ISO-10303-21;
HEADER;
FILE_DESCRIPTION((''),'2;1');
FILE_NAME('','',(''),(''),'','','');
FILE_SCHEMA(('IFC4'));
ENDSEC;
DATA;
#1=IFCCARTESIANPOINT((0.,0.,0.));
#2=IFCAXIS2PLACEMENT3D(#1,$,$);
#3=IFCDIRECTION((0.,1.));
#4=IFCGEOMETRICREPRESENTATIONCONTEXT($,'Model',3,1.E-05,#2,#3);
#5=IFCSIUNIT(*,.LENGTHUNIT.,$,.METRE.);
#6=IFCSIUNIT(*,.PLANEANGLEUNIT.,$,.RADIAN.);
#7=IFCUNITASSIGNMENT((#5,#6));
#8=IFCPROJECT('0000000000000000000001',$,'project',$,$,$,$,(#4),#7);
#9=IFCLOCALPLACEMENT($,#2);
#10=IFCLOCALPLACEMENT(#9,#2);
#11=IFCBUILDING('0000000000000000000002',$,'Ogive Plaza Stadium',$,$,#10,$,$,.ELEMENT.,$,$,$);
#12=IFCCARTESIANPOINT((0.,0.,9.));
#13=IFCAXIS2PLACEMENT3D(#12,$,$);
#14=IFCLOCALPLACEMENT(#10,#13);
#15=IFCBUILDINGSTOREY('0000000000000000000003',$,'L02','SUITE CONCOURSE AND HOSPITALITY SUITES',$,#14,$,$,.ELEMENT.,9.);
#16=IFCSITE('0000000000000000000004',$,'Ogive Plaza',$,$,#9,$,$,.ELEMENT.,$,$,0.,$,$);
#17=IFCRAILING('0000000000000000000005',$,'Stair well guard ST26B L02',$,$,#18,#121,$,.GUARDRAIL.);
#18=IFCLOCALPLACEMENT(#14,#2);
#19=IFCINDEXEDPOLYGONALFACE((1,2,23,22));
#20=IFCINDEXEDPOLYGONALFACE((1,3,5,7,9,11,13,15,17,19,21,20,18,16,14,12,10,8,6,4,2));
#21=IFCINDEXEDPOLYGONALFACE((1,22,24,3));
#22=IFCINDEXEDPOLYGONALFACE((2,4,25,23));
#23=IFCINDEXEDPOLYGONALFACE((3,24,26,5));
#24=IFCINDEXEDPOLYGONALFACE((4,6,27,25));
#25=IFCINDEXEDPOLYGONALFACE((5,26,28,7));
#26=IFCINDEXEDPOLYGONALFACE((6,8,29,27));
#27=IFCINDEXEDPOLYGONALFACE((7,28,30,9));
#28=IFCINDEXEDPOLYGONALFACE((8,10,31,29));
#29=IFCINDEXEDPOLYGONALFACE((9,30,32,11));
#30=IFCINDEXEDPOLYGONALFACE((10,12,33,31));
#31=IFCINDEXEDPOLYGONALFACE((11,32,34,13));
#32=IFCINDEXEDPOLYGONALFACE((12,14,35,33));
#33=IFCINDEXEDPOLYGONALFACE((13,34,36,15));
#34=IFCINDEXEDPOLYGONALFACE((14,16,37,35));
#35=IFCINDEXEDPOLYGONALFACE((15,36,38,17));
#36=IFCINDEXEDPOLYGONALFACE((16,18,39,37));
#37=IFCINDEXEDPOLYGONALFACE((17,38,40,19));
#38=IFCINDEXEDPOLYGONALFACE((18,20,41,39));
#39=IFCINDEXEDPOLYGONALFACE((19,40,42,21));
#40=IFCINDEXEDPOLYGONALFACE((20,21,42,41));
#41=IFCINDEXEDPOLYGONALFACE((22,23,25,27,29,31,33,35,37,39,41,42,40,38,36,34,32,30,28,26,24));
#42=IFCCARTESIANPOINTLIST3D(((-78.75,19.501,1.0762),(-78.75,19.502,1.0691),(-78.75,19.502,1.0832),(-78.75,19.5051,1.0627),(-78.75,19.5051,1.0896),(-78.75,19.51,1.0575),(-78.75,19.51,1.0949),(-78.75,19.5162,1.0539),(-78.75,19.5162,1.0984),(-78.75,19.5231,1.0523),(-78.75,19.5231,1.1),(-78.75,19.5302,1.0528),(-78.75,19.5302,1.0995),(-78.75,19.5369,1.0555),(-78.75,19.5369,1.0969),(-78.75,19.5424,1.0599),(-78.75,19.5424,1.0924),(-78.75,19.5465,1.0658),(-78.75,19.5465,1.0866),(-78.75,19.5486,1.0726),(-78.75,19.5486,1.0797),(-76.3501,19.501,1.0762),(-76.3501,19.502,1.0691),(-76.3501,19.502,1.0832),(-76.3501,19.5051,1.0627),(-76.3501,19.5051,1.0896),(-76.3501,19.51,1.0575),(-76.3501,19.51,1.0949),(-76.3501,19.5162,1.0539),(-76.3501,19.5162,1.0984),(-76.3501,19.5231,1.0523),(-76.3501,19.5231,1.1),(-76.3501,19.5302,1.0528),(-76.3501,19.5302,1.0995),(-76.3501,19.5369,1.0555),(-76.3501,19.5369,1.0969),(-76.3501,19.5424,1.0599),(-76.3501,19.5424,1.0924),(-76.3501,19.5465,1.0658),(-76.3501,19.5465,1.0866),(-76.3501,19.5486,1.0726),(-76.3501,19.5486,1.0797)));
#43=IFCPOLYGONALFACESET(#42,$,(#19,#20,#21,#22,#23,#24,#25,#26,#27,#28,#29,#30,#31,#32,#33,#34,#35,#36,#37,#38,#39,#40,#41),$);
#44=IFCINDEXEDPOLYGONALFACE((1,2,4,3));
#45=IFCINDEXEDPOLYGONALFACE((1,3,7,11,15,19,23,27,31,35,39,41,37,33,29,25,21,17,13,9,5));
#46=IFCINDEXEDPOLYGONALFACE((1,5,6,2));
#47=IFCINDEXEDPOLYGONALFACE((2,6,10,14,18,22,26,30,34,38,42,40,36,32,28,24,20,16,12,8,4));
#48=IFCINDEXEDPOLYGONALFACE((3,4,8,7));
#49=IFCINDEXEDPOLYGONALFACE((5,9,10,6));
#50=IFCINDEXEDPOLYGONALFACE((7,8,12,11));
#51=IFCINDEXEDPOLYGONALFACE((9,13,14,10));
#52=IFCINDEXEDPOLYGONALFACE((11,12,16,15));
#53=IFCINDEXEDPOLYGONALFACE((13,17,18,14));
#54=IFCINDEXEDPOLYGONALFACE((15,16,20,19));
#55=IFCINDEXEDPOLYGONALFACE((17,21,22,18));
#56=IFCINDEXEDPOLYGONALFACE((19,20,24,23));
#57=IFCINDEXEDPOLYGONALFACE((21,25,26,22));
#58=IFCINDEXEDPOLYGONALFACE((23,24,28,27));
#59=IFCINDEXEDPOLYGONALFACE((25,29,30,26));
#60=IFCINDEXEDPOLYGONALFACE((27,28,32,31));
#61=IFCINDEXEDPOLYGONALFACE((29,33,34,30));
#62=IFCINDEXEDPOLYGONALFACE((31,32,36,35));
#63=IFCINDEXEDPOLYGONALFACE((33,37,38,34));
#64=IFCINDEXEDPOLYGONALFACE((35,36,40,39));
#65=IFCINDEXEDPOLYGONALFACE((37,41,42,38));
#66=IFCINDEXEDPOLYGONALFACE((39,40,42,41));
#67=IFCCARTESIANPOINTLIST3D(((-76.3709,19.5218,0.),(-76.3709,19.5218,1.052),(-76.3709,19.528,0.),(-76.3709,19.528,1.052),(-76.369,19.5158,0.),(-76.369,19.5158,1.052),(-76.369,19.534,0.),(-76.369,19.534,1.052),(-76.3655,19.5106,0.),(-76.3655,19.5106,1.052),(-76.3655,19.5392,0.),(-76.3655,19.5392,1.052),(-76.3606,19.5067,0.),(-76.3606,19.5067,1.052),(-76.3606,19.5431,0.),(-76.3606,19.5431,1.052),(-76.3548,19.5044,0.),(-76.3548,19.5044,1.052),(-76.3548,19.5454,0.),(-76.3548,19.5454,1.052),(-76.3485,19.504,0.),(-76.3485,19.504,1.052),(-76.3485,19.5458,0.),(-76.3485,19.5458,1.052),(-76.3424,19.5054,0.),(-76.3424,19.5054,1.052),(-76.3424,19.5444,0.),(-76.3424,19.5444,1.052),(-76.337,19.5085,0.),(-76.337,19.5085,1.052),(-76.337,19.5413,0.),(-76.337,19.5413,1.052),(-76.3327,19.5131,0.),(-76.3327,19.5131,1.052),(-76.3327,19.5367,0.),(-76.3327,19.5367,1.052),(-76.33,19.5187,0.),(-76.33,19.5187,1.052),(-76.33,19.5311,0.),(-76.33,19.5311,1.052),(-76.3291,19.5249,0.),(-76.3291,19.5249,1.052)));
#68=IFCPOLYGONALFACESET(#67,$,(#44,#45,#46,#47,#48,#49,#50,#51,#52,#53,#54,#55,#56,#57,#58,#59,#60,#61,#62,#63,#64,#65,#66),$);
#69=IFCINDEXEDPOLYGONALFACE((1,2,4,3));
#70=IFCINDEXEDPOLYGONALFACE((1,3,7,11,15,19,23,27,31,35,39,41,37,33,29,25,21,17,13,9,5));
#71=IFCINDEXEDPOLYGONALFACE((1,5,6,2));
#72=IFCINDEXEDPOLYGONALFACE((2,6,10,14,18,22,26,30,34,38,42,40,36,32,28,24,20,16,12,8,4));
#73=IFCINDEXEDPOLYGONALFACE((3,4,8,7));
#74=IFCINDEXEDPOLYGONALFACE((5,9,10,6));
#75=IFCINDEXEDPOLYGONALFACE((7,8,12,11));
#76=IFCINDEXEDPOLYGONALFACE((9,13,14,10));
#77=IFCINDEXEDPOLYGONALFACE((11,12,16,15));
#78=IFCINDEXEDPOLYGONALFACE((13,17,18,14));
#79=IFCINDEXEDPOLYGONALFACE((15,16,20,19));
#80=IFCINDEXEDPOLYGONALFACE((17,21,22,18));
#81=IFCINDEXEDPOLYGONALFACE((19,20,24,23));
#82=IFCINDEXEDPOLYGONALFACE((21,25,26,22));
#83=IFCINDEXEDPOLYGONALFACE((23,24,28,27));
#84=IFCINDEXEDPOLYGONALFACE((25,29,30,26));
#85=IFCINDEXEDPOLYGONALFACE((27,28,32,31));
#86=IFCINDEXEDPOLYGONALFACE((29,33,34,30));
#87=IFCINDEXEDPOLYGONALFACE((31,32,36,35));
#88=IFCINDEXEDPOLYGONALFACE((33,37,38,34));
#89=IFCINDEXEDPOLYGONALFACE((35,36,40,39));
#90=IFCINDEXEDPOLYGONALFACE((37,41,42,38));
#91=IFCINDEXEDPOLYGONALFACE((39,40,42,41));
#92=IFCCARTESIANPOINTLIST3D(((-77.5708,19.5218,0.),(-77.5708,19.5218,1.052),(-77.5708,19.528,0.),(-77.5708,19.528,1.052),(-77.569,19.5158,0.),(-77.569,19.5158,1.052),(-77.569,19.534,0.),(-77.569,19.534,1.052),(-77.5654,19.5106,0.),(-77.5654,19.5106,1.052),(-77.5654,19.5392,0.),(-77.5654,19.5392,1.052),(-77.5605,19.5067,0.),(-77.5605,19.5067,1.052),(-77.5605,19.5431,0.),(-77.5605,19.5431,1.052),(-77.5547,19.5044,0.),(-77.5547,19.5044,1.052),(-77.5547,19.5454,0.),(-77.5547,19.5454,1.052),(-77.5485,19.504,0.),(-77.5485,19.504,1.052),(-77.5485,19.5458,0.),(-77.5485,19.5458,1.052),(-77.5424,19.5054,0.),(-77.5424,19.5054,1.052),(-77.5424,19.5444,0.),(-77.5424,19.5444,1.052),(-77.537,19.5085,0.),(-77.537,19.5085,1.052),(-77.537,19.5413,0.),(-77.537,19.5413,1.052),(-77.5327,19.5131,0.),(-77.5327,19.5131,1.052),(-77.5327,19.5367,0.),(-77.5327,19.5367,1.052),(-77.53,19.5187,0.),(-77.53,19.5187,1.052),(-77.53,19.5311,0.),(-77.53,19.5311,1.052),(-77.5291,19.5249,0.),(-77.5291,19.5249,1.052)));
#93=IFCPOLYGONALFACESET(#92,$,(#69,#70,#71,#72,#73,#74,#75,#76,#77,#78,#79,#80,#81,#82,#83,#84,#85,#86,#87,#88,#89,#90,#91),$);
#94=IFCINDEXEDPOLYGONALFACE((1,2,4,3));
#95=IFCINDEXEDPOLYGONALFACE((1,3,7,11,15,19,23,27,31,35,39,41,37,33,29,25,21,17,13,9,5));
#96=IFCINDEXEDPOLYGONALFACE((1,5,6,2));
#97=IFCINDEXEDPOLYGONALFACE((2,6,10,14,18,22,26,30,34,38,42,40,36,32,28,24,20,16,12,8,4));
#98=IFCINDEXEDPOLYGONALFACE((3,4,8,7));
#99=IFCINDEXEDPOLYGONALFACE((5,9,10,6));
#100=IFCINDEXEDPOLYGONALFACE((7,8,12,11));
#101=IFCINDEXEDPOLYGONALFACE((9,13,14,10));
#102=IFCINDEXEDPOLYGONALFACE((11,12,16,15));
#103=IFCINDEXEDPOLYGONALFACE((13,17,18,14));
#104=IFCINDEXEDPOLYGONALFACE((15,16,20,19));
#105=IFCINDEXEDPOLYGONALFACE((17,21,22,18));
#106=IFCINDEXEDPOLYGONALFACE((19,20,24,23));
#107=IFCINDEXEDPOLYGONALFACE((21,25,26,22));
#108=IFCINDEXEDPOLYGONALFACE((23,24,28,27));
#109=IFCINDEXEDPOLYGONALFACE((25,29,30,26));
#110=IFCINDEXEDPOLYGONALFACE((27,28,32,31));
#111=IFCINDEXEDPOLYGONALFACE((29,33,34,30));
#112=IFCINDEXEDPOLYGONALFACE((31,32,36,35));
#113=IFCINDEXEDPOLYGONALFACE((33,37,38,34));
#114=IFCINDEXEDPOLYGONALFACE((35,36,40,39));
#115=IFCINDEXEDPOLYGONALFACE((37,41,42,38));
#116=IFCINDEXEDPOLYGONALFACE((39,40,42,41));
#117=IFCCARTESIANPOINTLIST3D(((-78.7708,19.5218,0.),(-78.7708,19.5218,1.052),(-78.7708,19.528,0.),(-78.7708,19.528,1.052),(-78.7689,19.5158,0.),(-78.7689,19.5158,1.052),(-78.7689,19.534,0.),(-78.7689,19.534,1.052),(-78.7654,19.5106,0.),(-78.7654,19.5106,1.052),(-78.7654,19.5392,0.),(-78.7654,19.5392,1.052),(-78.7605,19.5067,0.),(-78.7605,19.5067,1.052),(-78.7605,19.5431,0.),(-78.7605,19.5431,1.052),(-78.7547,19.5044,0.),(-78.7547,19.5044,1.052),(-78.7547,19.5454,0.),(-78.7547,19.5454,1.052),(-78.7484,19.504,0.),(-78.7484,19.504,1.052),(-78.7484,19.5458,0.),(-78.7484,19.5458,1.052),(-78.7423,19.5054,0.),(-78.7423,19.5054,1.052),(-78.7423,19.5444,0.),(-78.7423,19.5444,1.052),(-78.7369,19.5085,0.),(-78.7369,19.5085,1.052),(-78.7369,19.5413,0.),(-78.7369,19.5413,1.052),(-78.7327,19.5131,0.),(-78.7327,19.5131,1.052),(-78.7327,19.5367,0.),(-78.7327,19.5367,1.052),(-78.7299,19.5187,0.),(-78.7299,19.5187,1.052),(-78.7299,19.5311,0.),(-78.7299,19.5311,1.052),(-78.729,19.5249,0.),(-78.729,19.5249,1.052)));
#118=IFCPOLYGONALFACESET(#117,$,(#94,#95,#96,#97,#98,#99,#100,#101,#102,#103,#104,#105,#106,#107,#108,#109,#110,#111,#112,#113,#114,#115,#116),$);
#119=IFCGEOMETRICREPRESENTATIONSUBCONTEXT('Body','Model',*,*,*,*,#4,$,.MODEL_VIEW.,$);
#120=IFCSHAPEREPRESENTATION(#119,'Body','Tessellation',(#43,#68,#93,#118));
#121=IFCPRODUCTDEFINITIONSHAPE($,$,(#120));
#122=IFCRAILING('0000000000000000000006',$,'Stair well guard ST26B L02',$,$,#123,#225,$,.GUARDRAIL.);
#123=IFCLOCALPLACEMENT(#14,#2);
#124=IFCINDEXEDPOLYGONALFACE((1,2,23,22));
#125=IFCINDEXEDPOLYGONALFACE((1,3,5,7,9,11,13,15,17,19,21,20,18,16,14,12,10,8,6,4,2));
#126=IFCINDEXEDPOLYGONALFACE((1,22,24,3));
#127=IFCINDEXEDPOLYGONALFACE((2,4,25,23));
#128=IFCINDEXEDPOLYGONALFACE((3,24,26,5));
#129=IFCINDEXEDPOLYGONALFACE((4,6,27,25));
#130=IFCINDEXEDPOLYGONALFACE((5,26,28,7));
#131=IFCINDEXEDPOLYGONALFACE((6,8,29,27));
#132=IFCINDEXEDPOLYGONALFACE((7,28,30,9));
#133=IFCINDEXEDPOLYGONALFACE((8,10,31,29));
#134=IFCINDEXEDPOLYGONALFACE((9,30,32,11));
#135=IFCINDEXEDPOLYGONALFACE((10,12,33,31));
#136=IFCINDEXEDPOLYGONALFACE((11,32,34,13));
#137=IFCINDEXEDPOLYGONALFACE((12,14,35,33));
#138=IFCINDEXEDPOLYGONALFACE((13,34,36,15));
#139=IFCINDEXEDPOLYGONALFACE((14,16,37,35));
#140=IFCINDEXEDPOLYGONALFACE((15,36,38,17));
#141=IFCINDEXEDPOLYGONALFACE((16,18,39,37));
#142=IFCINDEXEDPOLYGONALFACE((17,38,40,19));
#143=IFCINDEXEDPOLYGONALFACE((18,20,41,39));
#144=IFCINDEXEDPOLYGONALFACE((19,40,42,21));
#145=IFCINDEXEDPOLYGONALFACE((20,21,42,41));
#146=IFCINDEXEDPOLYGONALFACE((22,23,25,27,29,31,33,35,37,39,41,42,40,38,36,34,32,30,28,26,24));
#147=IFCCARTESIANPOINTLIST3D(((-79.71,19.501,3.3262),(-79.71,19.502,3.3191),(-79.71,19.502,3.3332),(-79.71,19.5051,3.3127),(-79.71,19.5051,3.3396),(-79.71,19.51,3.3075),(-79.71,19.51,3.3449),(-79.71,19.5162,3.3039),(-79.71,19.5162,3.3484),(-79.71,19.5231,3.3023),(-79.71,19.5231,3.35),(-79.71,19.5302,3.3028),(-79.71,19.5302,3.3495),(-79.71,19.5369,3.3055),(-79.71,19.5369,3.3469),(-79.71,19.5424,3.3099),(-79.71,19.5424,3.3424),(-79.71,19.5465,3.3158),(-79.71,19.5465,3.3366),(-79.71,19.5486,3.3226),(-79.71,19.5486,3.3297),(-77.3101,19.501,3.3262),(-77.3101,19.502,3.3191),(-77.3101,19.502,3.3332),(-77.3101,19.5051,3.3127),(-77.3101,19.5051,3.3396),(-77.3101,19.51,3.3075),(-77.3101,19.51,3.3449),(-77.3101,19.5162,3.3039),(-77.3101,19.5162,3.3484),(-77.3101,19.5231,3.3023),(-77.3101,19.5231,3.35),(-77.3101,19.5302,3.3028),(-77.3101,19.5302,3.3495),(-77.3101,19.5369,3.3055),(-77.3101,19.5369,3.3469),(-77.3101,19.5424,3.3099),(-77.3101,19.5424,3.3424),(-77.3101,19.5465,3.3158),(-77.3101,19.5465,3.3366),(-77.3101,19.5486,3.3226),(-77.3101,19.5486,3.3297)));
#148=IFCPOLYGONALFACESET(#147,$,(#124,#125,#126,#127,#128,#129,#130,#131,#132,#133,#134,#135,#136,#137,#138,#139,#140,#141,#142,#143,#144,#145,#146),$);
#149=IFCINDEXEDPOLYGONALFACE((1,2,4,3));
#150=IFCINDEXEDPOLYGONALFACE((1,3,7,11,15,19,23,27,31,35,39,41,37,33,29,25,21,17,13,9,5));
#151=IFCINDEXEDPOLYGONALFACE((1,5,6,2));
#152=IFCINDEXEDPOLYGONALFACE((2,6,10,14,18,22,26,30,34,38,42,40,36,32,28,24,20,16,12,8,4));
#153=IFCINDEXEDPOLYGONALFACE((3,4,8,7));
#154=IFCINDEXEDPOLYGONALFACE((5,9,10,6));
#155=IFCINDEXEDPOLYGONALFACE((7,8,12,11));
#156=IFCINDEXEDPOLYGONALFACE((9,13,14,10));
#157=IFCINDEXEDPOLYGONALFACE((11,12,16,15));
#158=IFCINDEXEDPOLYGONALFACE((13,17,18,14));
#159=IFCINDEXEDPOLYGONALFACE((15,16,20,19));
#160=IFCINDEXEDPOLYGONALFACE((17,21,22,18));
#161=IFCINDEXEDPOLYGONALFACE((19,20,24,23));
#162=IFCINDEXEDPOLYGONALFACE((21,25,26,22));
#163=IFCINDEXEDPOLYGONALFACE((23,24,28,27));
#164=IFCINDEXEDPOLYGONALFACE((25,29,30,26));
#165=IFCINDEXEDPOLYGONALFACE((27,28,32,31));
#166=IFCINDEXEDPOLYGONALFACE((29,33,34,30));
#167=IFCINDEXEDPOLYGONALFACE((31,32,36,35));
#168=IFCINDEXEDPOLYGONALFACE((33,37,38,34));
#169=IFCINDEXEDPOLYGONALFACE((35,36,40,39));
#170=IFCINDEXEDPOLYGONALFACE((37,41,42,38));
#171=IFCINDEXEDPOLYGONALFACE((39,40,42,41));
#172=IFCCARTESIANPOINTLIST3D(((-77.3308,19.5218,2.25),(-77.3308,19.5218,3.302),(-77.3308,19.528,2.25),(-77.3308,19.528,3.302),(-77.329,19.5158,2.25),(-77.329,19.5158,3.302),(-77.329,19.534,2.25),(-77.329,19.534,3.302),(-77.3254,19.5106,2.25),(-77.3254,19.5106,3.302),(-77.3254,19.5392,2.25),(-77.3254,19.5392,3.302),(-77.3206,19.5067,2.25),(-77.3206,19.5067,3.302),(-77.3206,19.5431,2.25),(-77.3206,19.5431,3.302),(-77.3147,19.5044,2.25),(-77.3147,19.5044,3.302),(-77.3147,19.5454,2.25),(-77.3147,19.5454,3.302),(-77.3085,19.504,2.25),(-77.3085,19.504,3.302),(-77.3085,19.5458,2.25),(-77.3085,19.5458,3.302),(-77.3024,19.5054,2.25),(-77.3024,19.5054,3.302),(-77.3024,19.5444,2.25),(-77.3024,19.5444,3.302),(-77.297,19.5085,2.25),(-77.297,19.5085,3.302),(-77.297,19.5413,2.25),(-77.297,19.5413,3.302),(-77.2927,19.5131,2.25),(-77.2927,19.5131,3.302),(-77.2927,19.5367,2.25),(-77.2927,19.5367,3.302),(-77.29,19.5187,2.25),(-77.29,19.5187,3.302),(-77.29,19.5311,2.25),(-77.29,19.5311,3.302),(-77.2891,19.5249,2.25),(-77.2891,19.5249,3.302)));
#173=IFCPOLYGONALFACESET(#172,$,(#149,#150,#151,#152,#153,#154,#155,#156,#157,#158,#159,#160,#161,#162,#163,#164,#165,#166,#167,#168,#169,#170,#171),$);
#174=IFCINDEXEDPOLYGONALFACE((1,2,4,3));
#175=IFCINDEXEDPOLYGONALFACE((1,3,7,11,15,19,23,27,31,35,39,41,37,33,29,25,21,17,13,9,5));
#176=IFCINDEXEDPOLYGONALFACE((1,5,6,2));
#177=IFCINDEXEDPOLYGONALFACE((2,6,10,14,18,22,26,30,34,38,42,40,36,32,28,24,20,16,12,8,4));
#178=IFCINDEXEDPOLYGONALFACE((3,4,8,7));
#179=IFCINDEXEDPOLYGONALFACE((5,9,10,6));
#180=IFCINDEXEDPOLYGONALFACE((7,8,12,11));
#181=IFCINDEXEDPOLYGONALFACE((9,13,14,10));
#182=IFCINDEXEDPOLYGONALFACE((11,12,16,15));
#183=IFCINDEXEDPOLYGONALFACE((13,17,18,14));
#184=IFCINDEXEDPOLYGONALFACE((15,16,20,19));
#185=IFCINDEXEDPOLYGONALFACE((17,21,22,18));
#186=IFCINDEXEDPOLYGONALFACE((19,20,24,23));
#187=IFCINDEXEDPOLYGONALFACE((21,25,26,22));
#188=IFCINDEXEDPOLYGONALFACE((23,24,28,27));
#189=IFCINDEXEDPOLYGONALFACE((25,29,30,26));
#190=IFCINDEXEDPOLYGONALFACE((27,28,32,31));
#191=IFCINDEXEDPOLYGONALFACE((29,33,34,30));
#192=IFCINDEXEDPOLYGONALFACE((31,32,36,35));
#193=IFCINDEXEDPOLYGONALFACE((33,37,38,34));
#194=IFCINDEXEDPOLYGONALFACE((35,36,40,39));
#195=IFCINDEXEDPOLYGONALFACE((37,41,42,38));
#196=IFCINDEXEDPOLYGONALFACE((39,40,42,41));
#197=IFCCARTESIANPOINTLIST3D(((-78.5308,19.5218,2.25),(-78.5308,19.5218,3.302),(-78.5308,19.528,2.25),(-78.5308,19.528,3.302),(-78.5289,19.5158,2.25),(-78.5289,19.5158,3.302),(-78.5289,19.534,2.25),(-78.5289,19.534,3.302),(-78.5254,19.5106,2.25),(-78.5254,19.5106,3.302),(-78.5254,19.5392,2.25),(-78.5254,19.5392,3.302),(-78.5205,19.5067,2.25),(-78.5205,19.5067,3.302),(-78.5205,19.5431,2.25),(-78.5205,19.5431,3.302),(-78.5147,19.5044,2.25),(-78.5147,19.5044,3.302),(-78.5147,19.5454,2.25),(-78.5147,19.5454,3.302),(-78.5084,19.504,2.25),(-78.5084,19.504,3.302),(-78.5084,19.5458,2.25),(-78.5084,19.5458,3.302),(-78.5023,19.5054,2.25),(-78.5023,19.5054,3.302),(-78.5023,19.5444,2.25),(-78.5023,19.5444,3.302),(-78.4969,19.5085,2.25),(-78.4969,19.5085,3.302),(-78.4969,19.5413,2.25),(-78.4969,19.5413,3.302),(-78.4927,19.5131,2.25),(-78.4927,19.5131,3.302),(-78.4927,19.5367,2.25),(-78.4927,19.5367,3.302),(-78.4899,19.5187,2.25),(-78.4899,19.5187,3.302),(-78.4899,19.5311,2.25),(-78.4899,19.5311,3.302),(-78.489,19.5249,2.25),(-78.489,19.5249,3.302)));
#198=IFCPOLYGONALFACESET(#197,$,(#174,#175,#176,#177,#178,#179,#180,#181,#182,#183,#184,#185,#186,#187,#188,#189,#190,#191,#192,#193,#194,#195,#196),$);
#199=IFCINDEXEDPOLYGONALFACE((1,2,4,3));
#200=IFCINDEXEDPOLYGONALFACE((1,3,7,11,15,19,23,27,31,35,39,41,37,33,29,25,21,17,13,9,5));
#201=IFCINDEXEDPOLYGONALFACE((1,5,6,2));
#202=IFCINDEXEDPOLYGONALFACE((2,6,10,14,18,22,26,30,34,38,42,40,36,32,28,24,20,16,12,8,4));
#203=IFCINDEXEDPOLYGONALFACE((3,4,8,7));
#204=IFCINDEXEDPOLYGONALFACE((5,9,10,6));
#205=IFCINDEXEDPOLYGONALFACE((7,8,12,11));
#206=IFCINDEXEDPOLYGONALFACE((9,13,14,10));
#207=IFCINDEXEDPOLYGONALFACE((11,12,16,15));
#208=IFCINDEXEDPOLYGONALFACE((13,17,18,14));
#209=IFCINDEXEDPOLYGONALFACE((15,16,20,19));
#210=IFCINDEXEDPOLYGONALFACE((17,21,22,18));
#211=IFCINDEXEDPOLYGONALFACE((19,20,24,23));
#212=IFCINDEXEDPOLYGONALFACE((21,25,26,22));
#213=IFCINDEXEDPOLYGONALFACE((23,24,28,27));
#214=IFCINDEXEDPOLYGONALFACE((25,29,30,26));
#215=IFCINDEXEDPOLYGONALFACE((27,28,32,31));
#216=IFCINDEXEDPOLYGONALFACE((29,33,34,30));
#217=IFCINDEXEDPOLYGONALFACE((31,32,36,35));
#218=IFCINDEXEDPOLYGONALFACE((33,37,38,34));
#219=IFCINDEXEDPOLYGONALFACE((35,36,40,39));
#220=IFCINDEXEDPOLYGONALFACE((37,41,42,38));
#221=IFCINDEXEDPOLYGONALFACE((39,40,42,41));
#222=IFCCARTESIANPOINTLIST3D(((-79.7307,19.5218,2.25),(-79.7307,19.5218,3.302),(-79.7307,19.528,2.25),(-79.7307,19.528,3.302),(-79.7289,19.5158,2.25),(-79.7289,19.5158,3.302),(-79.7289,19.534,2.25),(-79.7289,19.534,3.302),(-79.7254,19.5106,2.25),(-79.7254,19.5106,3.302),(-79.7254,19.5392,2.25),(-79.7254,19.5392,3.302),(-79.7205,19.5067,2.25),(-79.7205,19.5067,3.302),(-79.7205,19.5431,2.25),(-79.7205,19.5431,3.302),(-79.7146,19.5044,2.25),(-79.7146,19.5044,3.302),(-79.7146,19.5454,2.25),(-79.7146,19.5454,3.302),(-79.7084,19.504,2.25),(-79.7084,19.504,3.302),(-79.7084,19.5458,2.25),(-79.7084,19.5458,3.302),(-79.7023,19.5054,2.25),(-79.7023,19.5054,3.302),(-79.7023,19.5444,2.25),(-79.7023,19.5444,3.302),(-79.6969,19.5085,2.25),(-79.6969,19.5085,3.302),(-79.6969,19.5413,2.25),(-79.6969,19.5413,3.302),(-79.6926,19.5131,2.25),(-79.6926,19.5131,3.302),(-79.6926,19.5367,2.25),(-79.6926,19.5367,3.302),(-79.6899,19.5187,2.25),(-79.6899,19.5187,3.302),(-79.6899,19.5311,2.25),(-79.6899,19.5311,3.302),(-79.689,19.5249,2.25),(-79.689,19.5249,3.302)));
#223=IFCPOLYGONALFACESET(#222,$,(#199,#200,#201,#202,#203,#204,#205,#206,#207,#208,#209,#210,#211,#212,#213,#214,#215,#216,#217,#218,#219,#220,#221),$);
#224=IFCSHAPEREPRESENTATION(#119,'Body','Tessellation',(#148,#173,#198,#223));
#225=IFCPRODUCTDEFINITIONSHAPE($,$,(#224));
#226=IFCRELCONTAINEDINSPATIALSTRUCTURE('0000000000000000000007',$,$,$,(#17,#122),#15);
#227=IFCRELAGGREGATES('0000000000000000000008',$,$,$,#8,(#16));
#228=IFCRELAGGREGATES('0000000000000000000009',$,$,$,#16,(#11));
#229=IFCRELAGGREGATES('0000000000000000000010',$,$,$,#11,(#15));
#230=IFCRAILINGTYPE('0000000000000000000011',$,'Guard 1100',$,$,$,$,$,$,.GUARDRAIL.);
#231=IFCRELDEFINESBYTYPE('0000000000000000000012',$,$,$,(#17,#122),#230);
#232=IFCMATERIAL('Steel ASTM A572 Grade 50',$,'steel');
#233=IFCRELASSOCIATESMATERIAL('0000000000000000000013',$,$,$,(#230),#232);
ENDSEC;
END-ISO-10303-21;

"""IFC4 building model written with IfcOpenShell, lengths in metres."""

from ifc_helpers import new_model, si_unit, direction, frame, origin, origin_2d, place, context, subcontext, project, spatial, circle, extrude, material, type_object, element, save


model = new_model("IFC4")

# Units and contexts
model_context = context("Model", 3, precision=1e-05, world=origin(), true_north=direction((0.0, 1.0)))
body_context = subcontext(model_context, "Body", "Model", "MODEL_VIEW")
ifc_project = project(units=[si_unit("LENGTHUNIT", "METRE"), si_unit("PLANEANGLEUNIT", "RADIAN")], contexts=[model_context])

# Site, building, storey
site_placement = place(None, origin())
site = spatial("IfcSite", under=ifc_project, at=site_placement, Name="Ogive Plaza", CompositionType="ELEMENT", RefElevation=0.0)
building_placement = place(site_placement, origin())
building = spatial("IfcBuilding", under=site, at=building_placement, Name="Ogive Plaza Stadium", CompositionType="ELEMENT")
storey_placement = place(building_placement, frame((0.0, 0.0, 9.0)))
storey = spatial("IfcBuildingStorey", under=building, at=storey_placement, Name="L02", Description="SUITE CONCOURSE AND HOSPITALITY SUITES", CompositionType="ELEMENT", Elevation=9.0)

# Railings
ifc_material_1 = material(Name="Steel ASTM A572 Grade 50", Category="steel")
railing_type_1 = type_object("IfcRailingType", Name="Guard 1100", PredefinedType="GUARDRAIL", material=ifc_material_1)
for number, where, name in (
    (1, (-76.3501, 19.5249, 0.0), "Stair well guard ST26B L02"),
    (2, (-77.3101, 19.5249, 2.25), "Stair well guard ST26B L02"),
):
    element("IfcRailing", number, at=place(storey_placement, frame(where)), inside=storey, type_object=railing_type_1, Name=name, PredefinedType="GUARDRAIL", context=body_context, shape_type="SweptSolid", body=[
        extrude(circle(Radius=0.0239, at=origin_2d()), frame((0.0, 0.0, 1.0762), z_axis=(-1.0, 0.0, 0.0), x_axis=(0.0, -1.0, 0.0)), (0.0, 0.0, 1.0), 2.3999),
        extrude(circle(Radius=0.021, at=origin_2d()), origin(), (0.0, 0.0, 1.0), 1.052),
        extrude(circle(Radius=0.021, at=origin_2d()), frame((-1.2, 0.0, 0.0)), (0.0, 0.0, 1.0), 1.052),
        extrude(circle(Radius=0.021, at=origin_2d()), frame((-2.3999, 0.0, 0.0)), (0.0, 0.0, 1.0), 1.052),
    ])

save(model, "model.ifc")
